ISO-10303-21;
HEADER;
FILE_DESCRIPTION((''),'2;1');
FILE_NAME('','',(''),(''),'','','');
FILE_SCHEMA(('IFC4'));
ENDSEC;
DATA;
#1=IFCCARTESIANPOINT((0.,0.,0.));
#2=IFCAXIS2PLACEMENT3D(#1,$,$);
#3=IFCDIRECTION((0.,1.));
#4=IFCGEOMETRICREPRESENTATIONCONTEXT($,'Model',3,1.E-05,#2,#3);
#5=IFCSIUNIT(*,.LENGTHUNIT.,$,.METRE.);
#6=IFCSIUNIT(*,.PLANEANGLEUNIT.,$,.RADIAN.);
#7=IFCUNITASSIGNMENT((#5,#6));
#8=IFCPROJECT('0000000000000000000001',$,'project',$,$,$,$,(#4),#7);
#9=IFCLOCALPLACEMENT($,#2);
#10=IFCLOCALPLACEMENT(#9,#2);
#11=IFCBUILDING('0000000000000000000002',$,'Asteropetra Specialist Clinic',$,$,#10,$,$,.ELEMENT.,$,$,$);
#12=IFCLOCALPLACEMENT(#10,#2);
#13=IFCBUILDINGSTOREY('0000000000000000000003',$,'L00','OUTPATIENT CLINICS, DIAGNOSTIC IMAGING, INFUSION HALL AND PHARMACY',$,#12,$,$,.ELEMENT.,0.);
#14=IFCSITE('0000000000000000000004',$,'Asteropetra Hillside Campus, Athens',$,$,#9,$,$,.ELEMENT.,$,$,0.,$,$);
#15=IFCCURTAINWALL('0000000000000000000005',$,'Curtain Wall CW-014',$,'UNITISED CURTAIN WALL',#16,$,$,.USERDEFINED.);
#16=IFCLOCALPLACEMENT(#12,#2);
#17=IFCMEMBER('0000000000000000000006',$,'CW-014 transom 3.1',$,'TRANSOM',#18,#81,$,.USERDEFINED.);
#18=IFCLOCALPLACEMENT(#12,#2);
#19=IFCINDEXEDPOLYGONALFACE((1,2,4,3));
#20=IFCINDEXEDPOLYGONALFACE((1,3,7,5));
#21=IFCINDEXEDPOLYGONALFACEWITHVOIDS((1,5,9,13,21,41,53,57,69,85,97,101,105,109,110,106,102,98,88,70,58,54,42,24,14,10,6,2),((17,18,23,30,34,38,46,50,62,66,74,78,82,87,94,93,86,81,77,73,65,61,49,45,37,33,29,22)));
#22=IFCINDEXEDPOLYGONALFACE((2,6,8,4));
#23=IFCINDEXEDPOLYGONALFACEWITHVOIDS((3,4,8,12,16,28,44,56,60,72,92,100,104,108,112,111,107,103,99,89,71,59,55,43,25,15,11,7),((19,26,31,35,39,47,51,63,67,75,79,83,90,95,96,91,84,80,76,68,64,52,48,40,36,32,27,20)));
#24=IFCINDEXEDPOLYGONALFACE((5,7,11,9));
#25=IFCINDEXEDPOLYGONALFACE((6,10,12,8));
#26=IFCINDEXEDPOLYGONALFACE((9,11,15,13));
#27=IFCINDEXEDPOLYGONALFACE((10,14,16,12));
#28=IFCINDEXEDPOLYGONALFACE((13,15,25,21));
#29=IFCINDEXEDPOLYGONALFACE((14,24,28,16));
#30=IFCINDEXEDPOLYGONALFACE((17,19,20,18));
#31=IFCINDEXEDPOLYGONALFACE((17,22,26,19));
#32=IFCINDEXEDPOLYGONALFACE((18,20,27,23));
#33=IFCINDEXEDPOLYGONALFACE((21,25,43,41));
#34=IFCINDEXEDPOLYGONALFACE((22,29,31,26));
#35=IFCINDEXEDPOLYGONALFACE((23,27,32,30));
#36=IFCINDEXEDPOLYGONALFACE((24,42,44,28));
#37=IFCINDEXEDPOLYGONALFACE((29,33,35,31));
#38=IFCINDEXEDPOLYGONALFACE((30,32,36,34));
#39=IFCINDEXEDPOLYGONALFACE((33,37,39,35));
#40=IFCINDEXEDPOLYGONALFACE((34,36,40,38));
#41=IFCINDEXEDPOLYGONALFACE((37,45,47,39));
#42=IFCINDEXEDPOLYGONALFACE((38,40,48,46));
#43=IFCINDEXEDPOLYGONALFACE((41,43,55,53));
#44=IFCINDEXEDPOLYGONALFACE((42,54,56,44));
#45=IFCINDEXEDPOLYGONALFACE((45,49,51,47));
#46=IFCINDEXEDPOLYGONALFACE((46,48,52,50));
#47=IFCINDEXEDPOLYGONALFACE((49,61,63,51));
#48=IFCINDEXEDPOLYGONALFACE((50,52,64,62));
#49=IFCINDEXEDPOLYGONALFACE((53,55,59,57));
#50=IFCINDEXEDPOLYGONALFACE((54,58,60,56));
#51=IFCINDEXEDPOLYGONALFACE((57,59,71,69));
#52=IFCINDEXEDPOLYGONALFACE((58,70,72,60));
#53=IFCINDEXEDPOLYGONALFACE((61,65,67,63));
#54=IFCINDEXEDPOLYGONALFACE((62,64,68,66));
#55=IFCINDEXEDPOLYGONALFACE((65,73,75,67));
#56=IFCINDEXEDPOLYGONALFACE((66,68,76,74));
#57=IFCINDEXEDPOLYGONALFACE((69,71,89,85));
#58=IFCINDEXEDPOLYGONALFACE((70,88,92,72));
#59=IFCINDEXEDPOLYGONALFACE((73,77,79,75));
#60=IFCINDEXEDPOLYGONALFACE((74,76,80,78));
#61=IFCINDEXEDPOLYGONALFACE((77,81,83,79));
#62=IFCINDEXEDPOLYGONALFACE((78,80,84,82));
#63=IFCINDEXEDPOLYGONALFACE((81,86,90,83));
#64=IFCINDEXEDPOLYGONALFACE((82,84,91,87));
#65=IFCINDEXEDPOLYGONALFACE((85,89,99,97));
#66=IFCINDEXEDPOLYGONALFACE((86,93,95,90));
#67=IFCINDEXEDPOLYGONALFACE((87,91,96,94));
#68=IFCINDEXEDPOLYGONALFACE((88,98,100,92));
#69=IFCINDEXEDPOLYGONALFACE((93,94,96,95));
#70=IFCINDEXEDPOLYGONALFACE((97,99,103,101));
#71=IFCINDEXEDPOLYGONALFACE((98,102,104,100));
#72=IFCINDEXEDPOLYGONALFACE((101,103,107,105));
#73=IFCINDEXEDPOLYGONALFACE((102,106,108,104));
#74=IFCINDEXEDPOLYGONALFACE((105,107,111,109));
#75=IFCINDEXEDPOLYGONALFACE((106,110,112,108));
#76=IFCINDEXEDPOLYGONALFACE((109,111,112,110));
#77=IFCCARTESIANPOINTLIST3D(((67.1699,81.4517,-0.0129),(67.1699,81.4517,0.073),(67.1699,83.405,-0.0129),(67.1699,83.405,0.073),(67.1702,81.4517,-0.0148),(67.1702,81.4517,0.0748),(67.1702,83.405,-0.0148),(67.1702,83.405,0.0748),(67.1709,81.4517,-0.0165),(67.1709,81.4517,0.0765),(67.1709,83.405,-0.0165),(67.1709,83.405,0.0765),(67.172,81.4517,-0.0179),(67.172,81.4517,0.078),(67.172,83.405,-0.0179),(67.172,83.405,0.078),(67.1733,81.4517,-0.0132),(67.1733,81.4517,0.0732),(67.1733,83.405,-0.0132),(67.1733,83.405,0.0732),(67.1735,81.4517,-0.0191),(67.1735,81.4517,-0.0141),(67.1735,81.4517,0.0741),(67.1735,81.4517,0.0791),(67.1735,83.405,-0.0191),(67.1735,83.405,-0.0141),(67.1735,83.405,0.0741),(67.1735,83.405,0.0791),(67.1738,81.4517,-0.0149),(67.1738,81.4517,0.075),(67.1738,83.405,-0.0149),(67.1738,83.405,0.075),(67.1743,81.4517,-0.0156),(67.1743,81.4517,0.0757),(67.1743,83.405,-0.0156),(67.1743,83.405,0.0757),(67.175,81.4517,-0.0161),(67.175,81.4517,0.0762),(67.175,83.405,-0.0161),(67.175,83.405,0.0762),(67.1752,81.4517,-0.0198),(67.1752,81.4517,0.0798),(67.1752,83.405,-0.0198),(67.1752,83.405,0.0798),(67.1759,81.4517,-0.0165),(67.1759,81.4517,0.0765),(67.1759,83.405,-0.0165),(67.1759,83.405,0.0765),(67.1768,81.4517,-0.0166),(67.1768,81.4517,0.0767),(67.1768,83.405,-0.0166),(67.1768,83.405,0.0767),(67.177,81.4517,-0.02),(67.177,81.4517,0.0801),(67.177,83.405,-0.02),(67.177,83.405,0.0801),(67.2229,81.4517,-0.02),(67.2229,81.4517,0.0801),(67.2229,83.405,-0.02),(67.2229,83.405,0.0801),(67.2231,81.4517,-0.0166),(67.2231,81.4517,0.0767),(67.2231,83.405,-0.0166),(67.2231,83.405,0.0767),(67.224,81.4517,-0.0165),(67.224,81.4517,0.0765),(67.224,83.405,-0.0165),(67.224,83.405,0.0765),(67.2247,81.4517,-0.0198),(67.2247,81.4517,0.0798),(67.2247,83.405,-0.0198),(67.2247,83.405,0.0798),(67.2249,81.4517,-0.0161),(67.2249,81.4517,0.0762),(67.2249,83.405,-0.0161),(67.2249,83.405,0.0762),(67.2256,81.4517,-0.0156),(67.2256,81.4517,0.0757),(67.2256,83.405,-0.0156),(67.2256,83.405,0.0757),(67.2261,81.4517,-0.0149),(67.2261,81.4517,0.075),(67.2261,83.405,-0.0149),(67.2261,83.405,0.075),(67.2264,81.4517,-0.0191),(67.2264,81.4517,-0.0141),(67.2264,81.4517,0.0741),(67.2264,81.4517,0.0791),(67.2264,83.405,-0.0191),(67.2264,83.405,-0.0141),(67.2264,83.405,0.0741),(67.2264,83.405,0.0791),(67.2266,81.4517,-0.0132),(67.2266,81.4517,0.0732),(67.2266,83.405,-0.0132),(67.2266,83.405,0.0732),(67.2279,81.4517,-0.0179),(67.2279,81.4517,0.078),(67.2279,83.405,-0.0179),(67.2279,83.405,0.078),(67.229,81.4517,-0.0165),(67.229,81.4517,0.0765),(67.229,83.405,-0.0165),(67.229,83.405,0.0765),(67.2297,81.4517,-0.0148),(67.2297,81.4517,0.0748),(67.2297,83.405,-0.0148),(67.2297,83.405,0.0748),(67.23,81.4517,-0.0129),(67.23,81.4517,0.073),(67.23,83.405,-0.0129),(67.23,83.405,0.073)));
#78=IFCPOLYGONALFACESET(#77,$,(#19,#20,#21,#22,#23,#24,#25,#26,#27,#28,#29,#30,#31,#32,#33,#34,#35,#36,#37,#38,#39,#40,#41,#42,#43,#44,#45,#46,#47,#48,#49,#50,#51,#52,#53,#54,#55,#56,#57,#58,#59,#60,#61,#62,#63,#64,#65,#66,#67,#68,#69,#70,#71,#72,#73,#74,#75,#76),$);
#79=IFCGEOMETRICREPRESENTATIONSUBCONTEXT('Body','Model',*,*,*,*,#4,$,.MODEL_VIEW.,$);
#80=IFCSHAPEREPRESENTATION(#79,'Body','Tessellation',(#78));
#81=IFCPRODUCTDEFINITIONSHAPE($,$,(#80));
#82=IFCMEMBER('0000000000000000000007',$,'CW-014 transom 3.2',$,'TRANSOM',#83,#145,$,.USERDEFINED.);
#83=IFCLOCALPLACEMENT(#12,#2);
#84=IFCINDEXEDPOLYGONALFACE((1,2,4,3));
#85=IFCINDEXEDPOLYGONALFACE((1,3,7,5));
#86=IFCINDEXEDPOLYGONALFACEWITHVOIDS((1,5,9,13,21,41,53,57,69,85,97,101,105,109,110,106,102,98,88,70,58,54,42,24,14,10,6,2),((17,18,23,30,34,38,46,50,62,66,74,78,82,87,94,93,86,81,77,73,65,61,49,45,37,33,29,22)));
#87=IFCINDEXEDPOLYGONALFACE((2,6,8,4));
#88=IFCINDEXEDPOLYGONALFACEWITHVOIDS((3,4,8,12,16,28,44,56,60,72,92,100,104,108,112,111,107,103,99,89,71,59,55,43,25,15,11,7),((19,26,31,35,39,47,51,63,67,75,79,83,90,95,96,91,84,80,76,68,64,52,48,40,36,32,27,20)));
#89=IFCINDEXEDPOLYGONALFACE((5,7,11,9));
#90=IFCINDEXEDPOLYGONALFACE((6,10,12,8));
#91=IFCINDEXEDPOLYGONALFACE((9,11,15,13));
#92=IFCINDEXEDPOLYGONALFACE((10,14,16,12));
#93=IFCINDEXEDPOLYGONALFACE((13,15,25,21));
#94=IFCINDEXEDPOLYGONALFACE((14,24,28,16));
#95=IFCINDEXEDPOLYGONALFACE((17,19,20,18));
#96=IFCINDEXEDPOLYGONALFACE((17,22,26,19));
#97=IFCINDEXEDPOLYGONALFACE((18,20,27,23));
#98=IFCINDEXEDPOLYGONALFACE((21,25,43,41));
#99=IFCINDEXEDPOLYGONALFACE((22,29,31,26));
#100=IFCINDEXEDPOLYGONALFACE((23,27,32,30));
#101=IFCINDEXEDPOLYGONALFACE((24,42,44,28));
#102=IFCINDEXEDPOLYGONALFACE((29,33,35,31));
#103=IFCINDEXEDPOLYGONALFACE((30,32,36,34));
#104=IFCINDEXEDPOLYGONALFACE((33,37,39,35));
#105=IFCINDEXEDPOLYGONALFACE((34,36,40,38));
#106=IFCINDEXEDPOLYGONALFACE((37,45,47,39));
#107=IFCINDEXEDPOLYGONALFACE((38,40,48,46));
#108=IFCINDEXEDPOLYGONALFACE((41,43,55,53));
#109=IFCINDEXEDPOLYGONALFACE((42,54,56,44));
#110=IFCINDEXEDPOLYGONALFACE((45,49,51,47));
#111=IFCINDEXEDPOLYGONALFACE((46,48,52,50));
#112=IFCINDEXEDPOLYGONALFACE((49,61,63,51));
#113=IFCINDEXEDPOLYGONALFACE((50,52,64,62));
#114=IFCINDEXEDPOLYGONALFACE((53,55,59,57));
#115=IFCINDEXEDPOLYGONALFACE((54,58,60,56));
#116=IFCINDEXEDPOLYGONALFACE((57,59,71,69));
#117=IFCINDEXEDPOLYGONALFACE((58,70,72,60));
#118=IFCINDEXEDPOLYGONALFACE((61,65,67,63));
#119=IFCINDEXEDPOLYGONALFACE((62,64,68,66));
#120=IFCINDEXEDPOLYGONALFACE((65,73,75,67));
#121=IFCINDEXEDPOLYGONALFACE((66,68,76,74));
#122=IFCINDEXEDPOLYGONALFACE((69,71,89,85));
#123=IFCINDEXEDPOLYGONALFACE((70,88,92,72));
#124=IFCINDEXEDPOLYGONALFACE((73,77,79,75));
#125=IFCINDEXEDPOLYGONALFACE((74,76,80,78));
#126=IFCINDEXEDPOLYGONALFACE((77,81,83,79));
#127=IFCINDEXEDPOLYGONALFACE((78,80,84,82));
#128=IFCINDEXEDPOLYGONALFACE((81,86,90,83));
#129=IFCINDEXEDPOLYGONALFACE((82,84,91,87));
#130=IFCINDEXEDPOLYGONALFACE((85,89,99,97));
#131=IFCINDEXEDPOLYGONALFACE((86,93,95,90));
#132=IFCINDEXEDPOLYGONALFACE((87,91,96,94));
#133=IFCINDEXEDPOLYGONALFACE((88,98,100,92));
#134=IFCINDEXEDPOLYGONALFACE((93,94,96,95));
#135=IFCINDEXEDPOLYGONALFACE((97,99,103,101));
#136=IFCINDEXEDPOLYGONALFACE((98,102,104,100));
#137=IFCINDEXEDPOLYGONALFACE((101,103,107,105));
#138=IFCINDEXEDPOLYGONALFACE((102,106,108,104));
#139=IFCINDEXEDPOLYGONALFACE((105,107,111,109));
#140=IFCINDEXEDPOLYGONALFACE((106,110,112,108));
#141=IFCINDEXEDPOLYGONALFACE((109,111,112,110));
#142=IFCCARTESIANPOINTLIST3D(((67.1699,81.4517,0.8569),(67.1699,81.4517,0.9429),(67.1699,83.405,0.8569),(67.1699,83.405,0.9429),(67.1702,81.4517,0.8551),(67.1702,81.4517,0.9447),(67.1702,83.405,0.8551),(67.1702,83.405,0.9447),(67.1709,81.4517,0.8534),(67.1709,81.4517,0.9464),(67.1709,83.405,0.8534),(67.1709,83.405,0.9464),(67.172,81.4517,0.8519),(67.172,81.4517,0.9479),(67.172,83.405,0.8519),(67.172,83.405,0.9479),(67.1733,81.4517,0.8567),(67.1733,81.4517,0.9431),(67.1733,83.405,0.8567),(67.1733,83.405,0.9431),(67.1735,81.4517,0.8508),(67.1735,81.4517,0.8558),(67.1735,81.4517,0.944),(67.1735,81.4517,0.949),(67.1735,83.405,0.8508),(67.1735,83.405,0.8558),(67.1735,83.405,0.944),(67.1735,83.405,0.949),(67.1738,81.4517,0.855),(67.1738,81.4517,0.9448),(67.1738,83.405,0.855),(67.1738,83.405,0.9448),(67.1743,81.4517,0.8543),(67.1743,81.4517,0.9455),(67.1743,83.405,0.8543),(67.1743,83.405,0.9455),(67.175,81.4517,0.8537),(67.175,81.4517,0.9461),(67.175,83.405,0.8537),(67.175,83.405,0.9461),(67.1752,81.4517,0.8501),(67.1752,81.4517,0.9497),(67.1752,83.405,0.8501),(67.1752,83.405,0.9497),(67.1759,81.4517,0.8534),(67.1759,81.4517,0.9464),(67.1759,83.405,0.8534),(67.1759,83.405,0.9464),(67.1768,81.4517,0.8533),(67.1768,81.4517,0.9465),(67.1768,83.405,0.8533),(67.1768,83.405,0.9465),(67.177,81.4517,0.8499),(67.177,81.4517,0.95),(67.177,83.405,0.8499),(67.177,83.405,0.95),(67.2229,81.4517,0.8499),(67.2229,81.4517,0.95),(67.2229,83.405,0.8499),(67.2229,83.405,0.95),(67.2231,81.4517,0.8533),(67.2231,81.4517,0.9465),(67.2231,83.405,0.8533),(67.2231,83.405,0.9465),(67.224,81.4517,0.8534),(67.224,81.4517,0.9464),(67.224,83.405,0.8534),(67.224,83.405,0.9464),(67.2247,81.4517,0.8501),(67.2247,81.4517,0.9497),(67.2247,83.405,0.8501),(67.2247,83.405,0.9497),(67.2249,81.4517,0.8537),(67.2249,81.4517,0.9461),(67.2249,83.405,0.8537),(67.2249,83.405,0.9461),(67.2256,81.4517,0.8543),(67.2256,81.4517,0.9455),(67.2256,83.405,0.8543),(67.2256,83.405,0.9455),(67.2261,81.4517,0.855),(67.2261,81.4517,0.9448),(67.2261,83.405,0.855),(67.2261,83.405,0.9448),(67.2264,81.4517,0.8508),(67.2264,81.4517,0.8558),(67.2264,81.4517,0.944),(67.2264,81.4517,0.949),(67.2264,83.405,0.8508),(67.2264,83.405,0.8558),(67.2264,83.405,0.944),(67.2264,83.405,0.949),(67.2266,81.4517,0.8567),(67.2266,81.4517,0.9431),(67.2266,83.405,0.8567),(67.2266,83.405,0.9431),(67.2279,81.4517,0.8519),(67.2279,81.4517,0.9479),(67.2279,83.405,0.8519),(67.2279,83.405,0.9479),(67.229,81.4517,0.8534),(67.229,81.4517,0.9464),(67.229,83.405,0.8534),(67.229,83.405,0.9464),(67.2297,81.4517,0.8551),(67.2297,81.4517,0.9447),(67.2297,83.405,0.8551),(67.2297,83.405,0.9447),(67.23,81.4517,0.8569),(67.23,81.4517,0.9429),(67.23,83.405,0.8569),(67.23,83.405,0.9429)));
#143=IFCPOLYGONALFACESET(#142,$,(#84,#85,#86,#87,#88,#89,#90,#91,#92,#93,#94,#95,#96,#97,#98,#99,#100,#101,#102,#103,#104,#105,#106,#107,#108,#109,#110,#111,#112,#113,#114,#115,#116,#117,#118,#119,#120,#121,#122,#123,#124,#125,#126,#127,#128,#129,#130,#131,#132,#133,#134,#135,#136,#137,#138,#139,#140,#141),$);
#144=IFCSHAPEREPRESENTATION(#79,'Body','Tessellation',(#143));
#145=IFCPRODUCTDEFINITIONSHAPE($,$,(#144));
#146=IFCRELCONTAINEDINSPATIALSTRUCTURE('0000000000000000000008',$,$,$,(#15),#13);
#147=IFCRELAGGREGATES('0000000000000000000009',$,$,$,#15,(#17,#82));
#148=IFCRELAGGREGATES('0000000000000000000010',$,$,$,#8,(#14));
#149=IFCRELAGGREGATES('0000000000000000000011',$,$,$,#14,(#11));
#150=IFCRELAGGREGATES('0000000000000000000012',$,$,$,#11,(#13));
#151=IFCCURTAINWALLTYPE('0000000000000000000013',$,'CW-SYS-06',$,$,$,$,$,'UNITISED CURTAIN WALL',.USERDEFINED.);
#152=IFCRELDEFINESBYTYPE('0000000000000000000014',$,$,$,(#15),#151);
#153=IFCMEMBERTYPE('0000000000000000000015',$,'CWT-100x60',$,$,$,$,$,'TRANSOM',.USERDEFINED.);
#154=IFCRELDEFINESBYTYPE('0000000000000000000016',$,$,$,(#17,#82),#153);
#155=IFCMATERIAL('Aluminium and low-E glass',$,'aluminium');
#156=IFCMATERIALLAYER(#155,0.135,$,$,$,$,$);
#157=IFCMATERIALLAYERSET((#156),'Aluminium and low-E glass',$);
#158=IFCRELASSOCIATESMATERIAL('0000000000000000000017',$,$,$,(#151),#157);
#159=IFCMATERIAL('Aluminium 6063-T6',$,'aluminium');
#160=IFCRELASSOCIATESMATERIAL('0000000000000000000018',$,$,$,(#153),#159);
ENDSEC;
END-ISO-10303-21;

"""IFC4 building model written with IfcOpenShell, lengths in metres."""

from ifc_helpers import new_model, si_unit, direction, frame, origin, origin_2d, place, context, subcontext, project, spatial, hollow_rectangle, extrude, material, layer, layer_set, material_profile, profile_set, type_object, element, aggregate, save


model = new_model("IFC4")

# Units and contexts
model_context = context("Model", 3, precision=1e-05, world=origin(), true_north=direction((0.0, 1.0)))
body_context = subcontext(model_context, "Body", "Model", "MODEL_VIEW")
ifc_project = project(units=[si_unit("LENGTHUNIT", "METRE"), si_unit("PLANEANGLEUNIT", "RADIAN")], contexts=[model_context])

# Site, building, storey
site_placement = place(None, origin())
site = spatial("IfcSite", under=ifc_project, at=site_placement, Name="Asteropetra Hillside Campus, Athens", CompositionType="ELEMENT", RefElevation=0.0)
building_placement = place(site_placement, origin())
building = spatial("IfcBuilding", under=site, at=building_placement, Name="Asteropetra Specialist Clinic", CompositionType="ELEMENT")
storey_placement = place(building_placement, origin())
storey = spatial("IfcBuildingStorey", under=building, at=storey_placement, Name="L00", Description="OUTPATIENT CLINICS, DIAGNOSTIC IMAGING, INFUSION HALL AND PHARMACY", CompositionType="ELEMENT", Elevation=0.0)

# Curtain wall, members
ifc_material_1 = material(Name="Aluminium and low-E glass", Category="aluminium")
ifc_layer_1 = layer(ifc_material_1, 0.135)
ifc_layer_set_1 = layer_set([ifc_layer_1], Name="Aluminium and low-E glass")
curtain_wall_type = type_object("IfcCurtainWallType", Name="CW-SYS-06", ElementType="UNITISED CURTAIN WALL", PredefinedType="USERDEFINED", material=ifc_layer_set_1)
curtain_wall_placement = place(storey_placement, origin())
curtain_wall = element("IfcCurtainWall", 1, at=curtain_wall_placement, inside=storey, type_object=curtain_wall_type, Name="Curtain Wall CW-014", ObjectType="UNITISED CURTAIN WALL", PredefinedType="USERDEFINED")
ifc_material_2 = material(Name="Aluminium 6063-T6", Category="aluminium")
ifc_material_profile_1 = material_profile(ifc_material_2, hollow_rectangle(XDim=0.0601, YDim=0.1001, WallThickness=0.0034, InnerFilletRadius=0.0034, OuterFilletRadius=0.0071, at=origin_2d()), Name="TRN 100x60x3.5")
ifc_profile_set_1 = profile_set([ifc_material_profile_1], Name="Aluminium 6063-T6")
member_type_1 = type_object("IfcMemberType", Name="CWT-100x60", ElementType="TRANSOM", PredefinedType="USERDEFINED", material=ifc_profile_set_1)
member_1_placement = place(storey_placement, frame((67.2, 81.4517, 0.03), z_axis=(0.0, 1.0, 0.0), x_axis=(-1.0, 0.0, 0.0)))
member_1 = element("IfcMember", 2, at=member_1_placement, type_object=member_type_1, Name="CW-014 transom 3.1", ObjectType="TRANSOM", PredefinedType="USERDEFINED", context=body_context, shape_type="SweptSolid", body=[
    extrude(hollow_rectangle(XDim=0.0601, YDim=0.1001, WallThickness=0.0034, InnerFilletRadius=0.0034, OuterFilletRadius=0.0071, at=origin_2d()), origin(), (0.0, 0.0, 1.0), 1.9534),
])
member_2_placement = place(storey_placement, frame((67.2, 81.4517, 0.8999), z_axis=(0.0, 1.0, 0.0), x_axis=(-1.0, 0.0, 0.0)))
member_2 = element("IfcMember", 3, at=member_2_placement, type_object=member_type_1, Name="CW-014 transom 3.2", ObjectType="TRANSOM", PredefinedType="USERDEFINED", context=body_context, shape_type="SweptSolid", body=[
    extrude(hollow_rectangle(XDim=0.0601, YDim=0.1001, WallThickness=0.0034, InnerFilletRadius=0.0034, OuterFilletRadius=0.0071, at=origin_2d()), origin(), (0.0, 0.0, 1.0), 1.9534),
])
aggregate(curtain_wall, [member_1, member_2])

save(model, "model.ifc")
